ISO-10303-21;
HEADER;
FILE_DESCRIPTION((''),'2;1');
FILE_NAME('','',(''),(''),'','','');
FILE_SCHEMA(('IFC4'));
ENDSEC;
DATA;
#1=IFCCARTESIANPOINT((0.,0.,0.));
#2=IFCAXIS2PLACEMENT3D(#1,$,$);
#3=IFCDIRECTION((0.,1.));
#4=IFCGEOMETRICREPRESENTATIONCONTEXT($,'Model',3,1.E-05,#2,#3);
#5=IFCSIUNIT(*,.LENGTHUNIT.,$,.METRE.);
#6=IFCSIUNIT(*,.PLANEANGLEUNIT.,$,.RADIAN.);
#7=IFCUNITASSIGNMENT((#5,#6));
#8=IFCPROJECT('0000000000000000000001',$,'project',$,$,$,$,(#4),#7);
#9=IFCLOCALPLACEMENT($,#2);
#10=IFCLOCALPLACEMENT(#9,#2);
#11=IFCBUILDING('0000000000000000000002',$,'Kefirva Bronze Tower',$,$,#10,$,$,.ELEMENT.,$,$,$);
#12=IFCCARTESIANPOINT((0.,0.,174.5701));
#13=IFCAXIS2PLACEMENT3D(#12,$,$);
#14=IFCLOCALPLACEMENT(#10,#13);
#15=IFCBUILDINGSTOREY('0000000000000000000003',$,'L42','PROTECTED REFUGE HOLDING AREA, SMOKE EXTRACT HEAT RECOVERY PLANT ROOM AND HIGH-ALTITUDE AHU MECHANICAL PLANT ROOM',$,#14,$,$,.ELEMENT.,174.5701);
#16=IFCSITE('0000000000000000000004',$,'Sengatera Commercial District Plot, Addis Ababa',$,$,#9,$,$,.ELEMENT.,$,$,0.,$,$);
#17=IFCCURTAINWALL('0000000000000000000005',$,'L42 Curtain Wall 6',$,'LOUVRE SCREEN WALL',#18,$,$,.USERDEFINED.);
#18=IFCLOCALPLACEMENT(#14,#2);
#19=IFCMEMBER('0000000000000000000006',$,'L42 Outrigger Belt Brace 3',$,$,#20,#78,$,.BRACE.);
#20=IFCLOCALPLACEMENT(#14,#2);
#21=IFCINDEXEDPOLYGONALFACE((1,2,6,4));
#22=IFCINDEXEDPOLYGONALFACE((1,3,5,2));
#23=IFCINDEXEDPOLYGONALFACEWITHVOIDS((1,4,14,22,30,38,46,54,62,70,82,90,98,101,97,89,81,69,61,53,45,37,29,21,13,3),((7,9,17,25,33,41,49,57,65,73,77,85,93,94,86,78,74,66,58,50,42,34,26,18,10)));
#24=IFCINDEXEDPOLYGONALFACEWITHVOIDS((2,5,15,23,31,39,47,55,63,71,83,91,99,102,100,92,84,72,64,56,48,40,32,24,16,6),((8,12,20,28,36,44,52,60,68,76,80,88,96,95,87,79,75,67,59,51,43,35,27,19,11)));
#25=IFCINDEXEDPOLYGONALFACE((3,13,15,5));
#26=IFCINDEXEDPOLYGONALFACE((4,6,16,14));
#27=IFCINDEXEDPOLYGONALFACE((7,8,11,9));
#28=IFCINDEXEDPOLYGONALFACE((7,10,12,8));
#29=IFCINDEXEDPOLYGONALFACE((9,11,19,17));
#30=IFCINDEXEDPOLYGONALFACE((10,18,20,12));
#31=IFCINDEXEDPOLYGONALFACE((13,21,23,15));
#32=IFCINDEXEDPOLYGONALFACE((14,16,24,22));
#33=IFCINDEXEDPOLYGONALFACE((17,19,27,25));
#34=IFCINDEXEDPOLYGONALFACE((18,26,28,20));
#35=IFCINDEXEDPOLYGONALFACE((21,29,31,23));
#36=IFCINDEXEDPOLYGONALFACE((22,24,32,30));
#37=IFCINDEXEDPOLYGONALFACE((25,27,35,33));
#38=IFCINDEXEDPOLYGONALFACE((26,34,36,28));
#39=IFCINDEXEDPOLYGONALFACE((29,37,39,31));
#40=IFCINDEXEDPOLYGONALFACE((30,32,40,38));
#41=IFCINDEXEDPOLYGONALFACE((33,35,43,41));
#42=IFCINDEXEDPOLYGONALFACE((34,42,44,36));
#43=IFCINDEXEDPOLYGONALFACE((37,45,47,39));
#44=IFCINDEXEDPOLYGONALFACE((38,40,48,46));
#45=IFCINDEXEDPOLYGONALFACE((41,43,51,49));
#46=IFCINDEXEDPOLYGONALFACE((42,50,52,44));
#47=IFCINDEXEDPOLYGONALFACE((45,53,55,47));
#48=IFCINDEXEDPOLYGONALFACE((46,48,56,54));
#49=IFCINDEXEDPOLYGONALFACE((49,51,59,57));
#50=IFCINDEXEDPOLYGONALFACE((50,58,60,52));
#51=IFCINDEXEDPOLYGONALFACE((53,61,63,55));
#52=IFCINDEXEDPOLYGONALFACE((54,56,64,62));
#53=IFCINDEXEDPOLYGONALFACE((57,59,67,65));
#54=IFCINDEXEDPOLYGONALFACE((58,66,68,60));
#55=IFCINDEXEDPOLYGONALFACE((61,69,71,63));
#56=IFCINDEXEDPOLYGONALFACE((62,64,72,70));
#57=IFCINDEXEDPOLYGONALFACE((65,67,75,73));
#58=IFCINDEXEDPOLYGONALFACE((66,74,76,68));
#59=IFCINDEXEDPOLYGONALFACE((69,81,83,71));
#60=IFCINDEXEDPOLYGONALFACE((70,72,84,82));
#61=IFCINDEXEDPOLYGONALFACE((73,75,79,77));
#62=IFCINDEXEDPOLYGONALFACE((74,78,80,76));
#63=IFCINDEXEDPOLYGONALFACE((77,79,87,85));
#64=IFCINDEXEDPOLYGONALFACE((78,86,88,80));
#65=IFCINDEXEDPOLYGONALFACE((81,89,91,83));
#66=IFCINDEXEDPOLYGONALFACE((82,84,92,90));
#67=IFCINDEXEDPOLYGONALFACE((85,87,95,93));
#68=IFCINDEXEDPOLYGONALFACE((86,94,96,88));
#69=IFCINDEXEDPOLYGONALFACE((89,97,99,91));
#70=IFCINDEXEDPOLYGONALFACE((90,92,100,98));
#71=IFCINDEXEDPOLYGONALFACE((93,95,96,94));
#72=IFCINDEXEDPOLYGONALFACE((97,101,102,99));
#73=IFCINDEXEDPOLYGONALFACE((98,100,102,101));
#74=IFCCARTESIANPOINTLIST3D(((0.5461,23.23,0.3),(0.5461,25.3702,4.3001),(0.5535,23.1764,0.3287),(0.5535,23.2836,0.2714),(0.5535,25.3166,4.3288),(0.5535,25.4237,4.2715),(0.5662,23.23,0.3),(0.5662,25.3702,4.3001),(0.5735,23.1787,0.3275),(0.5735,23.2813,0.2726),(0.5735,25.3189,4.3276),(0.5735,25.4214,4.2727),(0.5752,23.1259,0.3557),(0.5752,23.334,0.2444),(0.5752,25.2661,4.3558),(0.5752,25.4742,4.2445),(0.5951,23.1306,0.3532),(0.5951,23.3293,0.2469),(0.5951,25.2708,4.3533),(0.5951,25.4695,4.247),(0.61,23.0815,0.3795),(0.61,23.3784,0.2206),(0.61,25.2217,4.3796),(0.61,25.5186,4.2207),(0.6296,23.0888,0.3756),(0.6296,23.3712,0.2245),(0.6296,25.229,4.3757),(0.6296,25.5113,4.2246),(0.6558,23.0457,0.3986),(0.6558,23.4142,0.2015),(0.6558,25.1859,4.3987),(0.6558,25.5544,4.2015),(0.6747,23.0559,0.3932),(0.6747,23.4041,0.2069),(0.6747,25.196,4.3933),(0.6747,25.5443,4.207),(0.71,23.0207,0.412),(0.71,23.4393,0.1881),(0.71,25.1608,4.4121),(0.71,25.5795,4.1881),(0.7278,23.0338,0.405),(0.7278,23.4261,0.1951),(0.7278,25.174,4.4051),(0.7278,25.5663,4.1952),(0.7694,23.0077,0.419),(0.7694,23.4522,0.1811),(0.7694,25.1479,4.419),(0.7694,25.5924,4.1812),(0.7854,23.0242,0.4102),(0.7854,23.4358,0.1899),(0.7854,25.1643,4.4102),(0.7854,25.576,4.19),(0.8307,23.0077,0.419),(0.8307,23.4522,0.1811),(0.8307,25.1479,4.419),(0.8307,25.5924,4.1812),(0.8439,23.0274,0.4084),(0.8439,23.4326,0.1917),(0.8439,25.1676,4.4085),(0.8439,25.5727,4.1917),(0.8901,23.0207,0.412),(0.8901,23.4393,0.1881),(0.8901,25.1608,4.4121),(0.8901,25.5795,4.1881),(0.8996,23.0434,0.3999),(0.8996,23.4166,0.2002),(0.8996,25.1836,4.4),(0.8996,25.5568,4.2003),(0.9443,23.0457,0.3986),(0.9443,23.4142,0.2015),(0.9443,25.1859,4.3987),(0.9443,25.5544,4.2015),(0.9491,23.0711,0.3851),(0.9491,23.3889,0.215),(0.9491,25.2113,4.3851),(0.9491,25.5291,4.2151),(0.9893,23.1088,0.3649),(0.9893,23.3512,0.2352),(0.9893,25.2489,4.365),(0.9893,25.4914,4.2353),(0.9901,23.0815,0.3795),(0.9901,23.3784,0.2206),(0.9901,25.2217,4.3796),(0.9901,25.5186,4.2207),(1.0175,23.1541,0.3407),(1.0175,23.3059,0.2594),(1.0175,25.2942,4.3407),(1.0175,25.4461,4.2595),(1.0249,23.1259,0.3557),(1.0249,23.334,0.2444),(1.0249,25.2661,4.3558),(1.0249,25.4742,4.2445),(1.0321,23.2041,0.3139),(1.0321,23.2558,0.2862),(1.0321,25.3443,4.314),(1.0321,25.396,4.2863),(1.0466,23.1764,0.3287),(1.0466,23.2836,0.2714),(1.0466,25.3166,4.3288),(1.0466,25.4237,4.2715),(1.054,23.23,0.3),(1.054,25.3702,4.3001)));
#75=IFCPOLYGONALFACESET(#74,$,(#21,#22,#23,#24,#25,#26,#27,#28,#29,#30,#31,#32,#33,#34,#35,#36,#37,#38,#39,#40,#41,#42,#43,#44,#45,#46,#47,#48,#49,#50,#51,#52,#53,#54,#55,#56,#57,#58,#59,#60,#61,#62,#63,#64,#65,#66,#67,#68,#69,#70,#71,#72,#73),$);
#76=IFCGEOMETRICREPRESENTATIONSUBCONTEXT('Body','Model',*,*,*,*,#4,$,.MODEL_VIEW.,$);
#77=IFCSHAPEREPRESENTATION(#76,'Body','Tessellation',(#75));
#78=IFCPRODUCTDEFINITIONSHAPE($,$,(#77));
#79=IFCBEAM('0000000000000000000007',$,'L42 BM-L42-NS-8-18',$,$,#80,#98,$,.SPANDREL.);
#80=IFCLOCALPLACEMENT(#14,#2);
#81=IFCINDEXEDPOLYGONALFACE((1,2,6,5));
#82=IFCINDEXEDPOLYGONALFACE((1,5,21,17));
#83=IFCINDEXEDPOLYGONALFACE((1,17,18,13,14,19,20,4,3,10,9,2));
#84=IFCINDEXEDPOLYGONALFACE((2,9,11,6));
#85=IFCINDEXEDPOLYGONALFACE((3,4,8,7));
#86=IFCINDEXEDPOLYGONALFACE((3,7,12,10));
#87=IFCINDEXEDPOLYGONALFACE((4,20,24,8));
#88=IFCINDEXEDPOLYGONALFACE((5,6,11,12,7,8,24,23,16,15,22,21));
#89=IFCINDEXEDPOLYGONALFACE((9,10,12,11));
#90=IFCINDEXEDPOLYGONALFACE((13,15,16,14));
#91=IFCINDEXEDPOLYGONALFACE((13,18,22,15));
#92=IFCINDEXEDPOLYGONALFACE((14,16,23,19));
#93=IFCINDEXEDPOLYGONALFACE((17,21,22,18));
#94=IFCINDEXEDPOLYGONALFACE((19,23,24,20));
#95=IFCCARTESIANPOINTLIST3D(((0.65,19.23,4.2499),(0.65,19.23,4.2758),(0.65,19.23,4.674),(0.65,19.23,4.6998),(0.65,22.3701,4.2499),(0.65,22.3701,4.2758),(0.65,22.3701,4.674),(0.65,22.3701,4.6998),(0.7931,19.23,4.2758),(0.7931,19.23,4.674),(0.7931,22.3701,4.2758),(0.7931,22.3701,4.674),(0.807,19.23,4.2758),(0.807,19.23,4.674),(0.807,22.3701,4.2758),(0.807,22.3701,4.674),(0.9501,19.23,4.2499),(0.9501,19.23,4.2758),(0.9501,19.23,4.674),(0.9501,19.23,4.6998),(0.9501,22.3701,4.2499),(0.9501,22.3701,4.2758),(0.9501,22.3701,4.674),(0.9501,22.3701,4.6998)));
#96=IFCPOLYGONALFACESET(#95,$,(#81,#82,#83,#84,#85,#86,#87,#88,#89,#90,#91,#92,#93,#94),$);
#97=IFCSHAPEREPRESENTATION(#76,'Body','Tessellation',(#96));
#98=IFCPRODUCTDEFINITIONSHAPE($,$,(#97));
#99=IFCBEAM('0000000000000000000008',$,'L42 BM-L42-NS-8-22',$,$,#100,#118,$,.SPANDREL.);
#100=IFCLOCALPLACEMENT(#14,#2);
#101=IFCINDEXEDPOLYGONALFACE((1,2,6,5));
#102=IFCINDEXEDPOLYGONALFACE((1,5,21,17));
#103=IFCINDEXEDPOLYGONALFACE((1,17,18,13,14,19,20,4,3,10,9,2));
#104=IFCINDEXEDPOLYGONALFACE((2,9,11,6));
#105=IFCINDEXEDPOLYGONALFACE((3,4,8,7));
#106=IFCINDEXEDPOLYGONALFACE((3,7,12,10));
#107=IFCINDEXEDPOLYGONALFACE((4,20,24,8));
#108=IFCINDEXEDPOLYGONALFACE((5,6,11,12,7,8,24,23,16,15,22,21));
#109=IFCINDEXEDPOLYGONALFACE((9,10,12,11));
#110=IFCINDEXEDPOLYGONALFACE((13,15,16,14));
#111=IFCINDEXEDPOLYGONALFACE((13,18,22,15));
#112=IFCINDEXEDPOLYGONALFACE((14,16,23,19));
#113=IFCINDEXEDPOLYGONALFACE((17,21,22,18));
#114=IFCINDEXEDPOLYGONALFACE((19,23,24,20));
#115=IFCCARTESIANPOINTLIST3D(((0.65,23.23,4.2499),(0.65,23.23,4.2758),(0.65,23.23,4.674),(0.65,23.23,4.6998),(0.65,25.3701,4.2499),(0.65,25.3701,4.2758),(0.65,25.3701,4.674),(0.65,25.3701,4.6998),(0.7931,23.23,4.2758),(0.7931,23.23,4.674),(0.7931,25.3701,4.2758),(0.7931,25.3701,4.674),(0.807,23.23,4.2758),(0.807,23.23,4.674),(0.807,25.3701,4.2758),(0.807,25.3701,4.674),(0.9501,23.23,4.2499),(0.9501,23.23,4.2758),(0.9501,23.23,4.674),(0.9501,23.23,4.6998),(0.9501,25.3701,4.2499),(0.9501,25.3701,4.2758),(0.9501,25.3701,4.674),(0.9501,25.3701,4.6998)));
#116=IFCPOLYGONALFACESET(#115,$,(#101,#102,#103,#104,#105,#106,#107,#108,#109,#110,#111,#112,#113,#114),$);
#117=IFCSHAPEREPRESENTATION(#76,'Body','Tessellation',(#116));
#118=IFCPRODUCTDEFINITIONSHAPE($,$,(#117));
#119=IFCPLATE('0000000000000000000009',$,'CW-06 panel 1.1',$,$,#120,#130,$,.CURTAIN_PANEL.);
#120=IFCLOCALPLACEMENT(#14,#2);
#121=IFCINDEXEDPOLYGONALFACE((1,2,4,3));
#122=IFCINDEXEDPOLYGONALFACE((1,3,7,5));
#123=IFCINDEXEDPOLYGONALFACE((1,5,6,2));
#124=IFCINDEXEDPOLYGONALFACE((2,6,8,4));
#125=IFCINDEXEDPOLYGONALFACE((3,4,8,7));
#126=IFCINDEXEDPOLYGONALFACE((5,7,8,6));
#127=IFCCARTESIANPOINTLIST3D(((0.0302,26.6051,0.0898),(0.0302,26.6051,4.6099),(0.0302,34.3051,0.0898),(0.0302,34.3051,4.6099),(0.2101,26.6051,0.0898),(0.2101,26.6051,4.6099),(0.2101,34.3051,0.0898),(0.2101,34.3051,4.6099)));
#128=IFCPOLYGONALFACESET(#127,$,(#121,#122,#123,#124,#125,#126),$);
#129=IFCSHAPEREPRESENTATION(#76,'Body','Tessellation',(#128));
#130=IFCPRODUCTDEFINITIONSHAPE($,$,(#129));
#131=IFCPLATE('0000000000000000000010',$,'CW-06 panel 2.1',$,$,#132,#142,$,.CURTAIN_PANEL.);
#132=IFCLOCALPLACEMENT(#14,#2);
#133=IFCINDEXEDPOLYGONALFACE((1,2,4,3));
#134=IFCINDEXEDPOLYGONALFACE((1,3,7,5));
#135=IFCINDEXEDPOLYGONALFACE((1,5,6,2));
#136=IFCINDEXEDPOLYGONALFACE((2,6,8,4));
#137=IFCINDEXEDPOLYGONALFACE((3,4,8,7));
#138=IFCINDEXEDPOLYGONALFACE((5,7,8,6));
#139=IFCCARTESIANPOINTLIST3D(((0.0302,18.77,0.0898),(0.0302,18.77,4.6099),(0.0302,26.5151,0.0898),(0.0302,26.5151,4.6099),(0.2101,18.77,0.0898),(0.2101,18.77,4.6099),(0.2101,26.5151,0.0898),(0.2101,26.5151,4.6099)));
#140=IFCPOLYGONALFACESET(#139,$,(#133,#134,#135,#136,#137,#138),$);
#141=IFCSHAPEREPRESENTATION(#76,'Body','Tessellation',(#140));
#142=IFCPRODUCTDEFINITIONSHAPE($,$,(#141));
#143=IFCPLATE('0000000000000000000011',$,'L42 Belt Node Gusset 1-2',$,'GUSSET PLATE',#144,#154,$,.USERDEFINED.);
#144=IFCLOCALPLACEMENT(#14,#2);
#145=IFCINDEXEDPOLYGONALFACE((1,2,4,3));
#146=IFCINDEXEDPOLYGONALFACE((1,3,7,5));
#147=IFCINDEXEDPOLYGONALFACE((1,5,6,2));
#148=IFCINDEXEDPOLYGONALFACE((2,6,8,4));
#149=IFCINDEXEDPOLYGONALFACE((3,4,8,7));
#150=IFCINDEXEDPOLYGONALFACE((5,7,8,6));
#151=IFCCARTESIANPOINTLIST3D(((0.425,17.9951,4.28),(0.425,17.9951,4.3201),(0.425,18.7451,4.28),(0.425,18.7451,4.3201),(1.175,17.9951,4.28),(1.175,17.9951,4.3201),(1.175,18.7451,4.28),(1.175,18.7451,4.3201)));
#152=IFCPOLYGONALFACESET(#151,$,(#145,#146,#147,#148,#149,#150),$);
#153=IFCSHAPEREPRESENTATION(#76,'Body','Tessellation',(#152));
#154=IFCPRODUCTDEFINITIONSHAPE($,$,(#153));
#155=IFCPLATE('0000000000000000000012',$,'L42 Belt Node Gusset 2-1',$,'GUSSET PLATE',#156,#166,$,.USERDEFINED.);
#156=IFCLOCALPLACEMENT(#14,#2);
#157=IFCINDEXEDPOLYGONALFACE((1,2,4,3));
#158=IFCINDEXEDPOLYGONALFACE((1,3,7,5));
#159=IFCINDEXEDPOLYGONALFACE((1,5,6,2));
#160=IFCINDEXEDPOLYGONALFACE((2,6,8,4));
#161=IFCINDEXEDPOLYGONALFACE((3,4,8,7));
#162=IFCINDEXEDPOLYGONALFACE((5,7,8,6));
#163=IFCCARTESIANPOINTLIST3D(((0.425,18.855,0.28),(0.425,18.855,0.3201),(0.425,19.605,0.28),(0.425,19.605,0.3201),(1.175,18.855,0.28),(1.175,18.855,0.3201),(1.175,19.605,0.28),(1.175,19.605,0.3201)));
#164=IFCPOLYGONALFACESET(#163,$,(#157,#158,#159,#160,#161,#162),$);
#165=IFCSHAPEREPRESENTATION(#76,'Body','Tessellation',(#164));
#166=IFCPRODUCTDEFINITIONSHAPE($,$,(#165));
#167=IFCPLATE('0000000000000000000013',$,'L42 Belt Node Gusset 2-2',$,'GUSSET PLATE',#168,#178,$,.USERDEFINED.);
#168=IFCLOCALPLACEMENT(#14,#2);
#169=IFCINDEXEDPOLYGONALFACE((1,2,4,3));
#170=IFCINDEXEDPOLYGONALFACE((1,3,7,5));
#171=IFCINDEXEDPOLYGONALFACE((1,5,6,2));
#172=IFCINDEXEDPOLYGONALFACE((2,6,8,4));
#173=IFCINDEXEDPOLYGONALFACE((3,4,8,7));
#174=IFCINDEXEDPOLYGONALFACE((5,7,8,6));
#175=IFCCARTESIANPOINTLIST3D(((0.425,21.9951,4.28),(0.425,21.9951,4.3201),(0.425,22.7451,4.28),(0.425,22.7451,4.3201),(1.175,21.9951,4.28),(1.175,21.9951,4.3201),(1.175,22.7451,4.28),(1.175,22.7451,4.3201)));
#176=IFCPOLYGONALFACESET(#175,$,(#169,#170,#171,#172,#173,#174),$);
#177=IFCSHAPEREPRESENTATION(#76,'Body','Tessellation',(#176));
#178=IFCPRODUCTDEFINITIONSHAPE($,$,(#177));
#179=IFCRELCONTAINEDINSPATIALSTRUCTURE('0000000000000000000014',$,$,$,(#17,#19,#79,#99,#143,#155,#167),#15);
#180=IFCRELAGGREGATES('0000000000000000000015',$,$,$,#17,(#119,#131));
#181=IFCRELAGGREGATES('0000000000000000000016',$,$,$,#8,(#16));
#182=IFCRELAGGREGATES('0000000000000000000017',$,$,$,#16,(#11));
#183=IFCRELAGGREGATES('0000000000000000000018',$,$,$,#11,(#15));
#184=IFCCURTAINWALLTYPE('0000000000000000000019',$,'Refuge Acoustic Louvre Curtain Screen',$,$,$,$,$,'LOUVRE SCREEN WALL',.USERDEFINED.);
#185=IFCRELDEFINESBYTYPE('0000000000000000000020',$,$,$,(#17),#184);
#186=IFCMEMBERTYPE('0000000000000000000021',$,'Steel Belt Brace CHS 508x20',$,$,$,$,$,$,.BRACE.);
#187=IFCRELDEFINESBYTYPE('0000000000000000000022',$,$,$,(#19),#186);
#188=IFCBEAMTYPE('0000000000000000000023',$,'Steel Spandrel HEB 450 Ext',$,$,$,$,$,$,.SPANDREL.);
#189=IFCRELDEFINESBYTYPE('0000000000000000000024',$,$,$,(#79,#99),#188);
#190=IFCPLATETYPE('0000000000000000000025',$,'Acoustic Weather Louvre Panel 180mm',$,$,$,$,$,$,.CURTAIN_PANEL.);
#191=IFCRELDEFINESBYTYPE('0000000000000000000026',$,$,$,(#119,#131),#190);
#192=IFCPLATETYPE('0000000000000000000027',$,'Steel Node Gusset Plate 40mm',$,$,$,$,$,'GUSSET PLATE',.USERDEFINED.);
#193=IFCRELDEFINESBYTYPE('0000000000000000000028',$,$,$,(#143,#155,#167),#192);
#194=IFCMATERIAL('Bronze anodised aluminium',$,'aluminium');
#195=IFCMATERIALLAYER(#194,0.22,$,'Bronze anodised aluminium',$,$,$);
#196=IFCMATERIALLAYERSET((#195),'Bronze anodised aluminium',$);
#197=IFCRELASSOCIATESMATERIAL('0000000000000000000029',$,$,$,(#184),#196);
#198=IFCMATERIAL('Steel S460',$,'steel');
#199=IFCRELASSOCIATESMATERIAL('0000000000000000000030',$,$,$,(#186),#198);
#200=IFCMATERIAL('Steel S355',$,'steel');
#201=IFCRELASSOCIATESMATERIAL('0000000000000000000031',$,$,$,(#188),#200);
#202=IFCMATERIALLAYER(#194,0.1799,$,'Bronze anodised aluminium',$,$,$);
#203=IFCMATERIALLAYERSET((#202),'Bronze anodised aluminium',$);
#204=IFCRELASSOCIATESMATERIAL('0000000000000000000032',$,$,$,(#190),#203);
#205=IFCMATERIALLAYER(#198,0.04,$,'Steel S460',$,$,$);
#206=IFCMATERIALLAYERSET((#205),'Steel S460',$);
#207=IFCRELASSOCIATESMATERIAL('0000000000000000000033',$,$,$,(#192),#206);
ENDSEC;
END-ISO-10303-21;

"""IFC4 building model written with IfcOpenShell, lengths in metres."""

from ifc_helpers import new_model, si_unit, direction, frame, origin, origin_2d, place, context, subcontext, project, spatial, rectangle, hollow_circle, i_section, extrude, material, layer, layer_set, material_profile, profile_set, type_object, element, aggregate, save


model = new_model("IFC4")

# Units and contexts
model_context = context("Model", 3, precision=1e-05, world=origin(), true_north=direction((0.0, 1.0)))
body_context = subcontext(model_context, "Body", "Model", "MODEL_VIEW")
ifc_project = project(units=[si_unit("LENGTHUNIT", "METRE"), si_unit("PLANEANGLEUNIT", "RADIAN")], contexts=[model_context])

# Site, building, storey
site_placement = place(None, origin())
site = spatial("IfcSite", under=ifc_project, at=site_placement, Name="Sengatera Commercial District Plot, Addis Ababa", CompositionType="ELEMENT", RefElevation=0.0)
building_placement = place(site_placement, origin())
building = spatial("IfcBuilding", under=site, at=building_placement, Name="Kefirva Bronze Tower", CompositionType="ELEMENT")
storey_placement = place(building_placement, frame((0.0, 0.0, 174.5701)))
storey = spatial("IfcBuildingStorey", under=building, at=storey_placement, Name="L42", Description="PROTECTED REFUGE HOLDING AREA, SMOKE EXTRACT HEAT RECOVERY PLANT ROOM AND HIGH-ALTITUDE AHU MECHANICAL PLANT ROOM", CompositionType="ELEMENT", Elevation=174.5701)

# Curtain wall
ifc_material_1 = material(Name="Bronze anodised aluminium", Category="aluminium")
ifc_layer_1 = layer(ifc_material_1, 0.22, Name="Bronze anodised aluminium")
ifc_layer_set_1 = layer_set([ifc_layer_1], Name="Bronze anodised aluminium")
curtain_wall_type = type_object("IfcCurtainWallType", Name="Refuge Acoustic Louvre Curtain Screen", ElementType="LOUVRE SCREEN WALL", PredefinedType="USERDEFINED", material=ifc_layer_set_1)
curtain_wall_placement = place(storey_placement, origin())
curtain_wall = element("IfcCurtainWall", 1, at=curtain_wall_placement, inside=storey, type_object=curtain_wall_type, Name="L42 Curtain Wall 6", ObjectType="LOUVRE SCREEN WALL", PredefinedType="USERDEFINED")

# Member
ifc_material_2 = material(Name="Steel S460", Category="steel")
ifc_material_profile_1 = material_profile(ifc_material_2, hollow_circle(Radius=0.2539, WallThickness=0.02, at=origin_2d()), Name="CHS 508x20")
ifc_profile_set_1 = profile_set([ifc_material_profile_1], Name="Steel S460")
member_type_1 = type_object("IfcMemberType", Name="Steel Belt Brace CHS 508x20", PredefinedType="BRACE", material=ifc_profile_set_1)
member_1_placement = place(storey_placement, frame((0.8, 23.23, 0.3), z_axis=(0.0, 0.471755, 0.881729), x_axis=(-1.0, 0.0, 0.0)))
element("IfcMember", 2, at=member_1_placement, inside=storey, type_object=member_type_1, Name="L42 Outrigger Belt Brace 3", PredefinedType="BRACE", context=body_context, shape_type="SweptSolid", body=[
    extrude(hollow_circle(Radius=0.2539, WallThickness=0.02, at=origin_2d()), origin(), (0.0, 0.0, 1.0), 4.5366),
])

# Beams
ifc_material_3 = material(Name="Steel S355", Category="steel")
ifc_material_profile_2 = material_profile(ifc_material_3, i_section(OverallWidth=0.3, OverallDepth=0.45, WebThickness=0.0139, FlangeThickness=0.0259, at=origin_2d()), Name="HEB 450")
ifc_profile_set_2 = profile_set([ifc_material_profile_2], Name="Steel S355")
beam_type = type_object("IfcBeamType", Name="Steel Spandrel HEB 450 Ext", PredefinedType="SPANDREL", material=ifc_profile_set_2)
beam_1_placement = place(storey_placement, frame((0.8, 19.23, 4.4749), z_axis=(0.0, 1.0, 0.0), x_axis=(-1.0, 0.0, 0.0)))
element("IfcBeam", 3, at=beam_1_placement, inside=storey, type_object=beam_type, Name="L42 BM-L42-NS-8-18", PredefinedType="SPANDREL", context=body_context, shape_type="SweptSolid", body=[
    extrude(i_section(OverallWidth=0.3, OverallDepth=0.45, WebThickness=0.0139, FlangeThickness=0.0259, at=origin_2d()), origin(), (0.0, 0.0, 1.0), 3.1401),
])
beam_2_placement = place(storey_placement, frame((0.8, 23.23, 4.4749), z_axis=(0.0, 1.0, 0.0), x_axis=(-1.0, 0.0, 0.0)))
element("IfcBeam", 4, at=beam_2_placement, inside=storey, type_object=beam_type, Name="L42 BM-L42-NS-8-22", PredefinedType="SPANDREL", context=body_context, shape_type="SweptSolid", body=[
    extrude(i_section(OverallWidth=0.3, OverallDepth=0.45, WebThickness=0.0139, FlangeThickness=0.0259, at=origin_2d()), origin(), (0.0, 0.0, 1.0), 2.1401),
])

# Plates
ifc_layer_2 = layer(ifc_material_1, 0.1799, Name="Bronze anodised aluminium")
ifc_layer_set_2 = layer_set([ifc_layer_2], Name="Bronze anodised aluminium")
plate_type_1 = type_object("IfcPlateType", Name="Acoustic Weather Louvre Panel 180mm", PredefinedType="CURTAIN_PANEL", material=ifc_layer_set_2)
plate_1_placement = place(storey_placement, frame((0.1201, 30.4551, 0.0898), z_axis=(0.0, 0.0, 1.0), x_axis=(0.0, -1.0, 0.0)))
plate_1 = element("IfcPlate", 5, at=plate_1_placement, type_object=plate_type_1, Name="CW-06 panel 1.1", PredefinedType="CURTAIN_PANEL", context=body_context, shape_type="SweptSolid", body=[
    extrude(rectangle(XDim=7.7, YDim=0.1799, at=origin_2d()), origin(), (0.0, 0.0, 1.0), 4.52),
])
plate_2_placement = place(storey_placement, frame((0.1201, 22.6426, 0.0898), z_axis=(0.0, 0.0, 1.0), x_axis=(0.0, -1.0, 0.0)))
plate_2 = element("IfcPlate", 6, at=plate_2_placement, type_object=plate_type_1, Name="CW-06 panel 2.1", PredefinedType="CURTAIN_PANEL", context=body_context, shape_type="SweptSolid", body=[
    extrude(rectangle(XDim=7.7451, YDim=0.1799, at=origin_2d()), origin(), (0.0, 0.0, 1.0), 4.52),
])
aggregate(curtain_wall, [plate_1, plate_2])

# Plates
ifc_layer_3 = layer(ifc_material_2, 0.04, Name="Steel S460")
ifc_layer_set_3 = layer_set([ifc_layer_3], Name="Steel S460")
plate_type_2 = type_object("IfcPlateType", Name="Steel Node Gusset Plate 40mm", ElementType="GUSSET PLATE", PredefinedType="USERDEFINED", material=ifc_layer_set_3)
for number, where, z_axis, x_axis, name in (
    (7, (0.8, 18.3701, 4.28), (0.0, 0.0, 1.0), (1.0, 0.0, 0.0), "L42 Belt Node Gusset 1-2"),
    (8, (0.8, 19.23, 0.28), (0.0, 0.0, 1.0), (1.0, 0.0, 0.0), "L42 Belt Node Gusset 2-1"),
    (9, (0.8, 22.3701, 4.28), (0.0, 0.0, 1.0), (1.0, 0.0, 0.0), "L42 Belt Node Gusset 2-2"),
):
    element("IfcPlate", number, at=place(storey_placement, frame(where, z_axis=z_axis, x_axis=x_axis)), inside=storey, type_object=plate_type_2, Name=name, ObjectType="GUSSET PLATE", PredefinedType="USERDEFINED", context=body_context, shape_type="SweptSolid", body=[
        extrude(rectangle(XDim=0.75, YDim=0.75, at=origin_2d()), origin(), (0.0, 0.0, 1.0), 0.04),
    ])

save(model, "model.ifc")
